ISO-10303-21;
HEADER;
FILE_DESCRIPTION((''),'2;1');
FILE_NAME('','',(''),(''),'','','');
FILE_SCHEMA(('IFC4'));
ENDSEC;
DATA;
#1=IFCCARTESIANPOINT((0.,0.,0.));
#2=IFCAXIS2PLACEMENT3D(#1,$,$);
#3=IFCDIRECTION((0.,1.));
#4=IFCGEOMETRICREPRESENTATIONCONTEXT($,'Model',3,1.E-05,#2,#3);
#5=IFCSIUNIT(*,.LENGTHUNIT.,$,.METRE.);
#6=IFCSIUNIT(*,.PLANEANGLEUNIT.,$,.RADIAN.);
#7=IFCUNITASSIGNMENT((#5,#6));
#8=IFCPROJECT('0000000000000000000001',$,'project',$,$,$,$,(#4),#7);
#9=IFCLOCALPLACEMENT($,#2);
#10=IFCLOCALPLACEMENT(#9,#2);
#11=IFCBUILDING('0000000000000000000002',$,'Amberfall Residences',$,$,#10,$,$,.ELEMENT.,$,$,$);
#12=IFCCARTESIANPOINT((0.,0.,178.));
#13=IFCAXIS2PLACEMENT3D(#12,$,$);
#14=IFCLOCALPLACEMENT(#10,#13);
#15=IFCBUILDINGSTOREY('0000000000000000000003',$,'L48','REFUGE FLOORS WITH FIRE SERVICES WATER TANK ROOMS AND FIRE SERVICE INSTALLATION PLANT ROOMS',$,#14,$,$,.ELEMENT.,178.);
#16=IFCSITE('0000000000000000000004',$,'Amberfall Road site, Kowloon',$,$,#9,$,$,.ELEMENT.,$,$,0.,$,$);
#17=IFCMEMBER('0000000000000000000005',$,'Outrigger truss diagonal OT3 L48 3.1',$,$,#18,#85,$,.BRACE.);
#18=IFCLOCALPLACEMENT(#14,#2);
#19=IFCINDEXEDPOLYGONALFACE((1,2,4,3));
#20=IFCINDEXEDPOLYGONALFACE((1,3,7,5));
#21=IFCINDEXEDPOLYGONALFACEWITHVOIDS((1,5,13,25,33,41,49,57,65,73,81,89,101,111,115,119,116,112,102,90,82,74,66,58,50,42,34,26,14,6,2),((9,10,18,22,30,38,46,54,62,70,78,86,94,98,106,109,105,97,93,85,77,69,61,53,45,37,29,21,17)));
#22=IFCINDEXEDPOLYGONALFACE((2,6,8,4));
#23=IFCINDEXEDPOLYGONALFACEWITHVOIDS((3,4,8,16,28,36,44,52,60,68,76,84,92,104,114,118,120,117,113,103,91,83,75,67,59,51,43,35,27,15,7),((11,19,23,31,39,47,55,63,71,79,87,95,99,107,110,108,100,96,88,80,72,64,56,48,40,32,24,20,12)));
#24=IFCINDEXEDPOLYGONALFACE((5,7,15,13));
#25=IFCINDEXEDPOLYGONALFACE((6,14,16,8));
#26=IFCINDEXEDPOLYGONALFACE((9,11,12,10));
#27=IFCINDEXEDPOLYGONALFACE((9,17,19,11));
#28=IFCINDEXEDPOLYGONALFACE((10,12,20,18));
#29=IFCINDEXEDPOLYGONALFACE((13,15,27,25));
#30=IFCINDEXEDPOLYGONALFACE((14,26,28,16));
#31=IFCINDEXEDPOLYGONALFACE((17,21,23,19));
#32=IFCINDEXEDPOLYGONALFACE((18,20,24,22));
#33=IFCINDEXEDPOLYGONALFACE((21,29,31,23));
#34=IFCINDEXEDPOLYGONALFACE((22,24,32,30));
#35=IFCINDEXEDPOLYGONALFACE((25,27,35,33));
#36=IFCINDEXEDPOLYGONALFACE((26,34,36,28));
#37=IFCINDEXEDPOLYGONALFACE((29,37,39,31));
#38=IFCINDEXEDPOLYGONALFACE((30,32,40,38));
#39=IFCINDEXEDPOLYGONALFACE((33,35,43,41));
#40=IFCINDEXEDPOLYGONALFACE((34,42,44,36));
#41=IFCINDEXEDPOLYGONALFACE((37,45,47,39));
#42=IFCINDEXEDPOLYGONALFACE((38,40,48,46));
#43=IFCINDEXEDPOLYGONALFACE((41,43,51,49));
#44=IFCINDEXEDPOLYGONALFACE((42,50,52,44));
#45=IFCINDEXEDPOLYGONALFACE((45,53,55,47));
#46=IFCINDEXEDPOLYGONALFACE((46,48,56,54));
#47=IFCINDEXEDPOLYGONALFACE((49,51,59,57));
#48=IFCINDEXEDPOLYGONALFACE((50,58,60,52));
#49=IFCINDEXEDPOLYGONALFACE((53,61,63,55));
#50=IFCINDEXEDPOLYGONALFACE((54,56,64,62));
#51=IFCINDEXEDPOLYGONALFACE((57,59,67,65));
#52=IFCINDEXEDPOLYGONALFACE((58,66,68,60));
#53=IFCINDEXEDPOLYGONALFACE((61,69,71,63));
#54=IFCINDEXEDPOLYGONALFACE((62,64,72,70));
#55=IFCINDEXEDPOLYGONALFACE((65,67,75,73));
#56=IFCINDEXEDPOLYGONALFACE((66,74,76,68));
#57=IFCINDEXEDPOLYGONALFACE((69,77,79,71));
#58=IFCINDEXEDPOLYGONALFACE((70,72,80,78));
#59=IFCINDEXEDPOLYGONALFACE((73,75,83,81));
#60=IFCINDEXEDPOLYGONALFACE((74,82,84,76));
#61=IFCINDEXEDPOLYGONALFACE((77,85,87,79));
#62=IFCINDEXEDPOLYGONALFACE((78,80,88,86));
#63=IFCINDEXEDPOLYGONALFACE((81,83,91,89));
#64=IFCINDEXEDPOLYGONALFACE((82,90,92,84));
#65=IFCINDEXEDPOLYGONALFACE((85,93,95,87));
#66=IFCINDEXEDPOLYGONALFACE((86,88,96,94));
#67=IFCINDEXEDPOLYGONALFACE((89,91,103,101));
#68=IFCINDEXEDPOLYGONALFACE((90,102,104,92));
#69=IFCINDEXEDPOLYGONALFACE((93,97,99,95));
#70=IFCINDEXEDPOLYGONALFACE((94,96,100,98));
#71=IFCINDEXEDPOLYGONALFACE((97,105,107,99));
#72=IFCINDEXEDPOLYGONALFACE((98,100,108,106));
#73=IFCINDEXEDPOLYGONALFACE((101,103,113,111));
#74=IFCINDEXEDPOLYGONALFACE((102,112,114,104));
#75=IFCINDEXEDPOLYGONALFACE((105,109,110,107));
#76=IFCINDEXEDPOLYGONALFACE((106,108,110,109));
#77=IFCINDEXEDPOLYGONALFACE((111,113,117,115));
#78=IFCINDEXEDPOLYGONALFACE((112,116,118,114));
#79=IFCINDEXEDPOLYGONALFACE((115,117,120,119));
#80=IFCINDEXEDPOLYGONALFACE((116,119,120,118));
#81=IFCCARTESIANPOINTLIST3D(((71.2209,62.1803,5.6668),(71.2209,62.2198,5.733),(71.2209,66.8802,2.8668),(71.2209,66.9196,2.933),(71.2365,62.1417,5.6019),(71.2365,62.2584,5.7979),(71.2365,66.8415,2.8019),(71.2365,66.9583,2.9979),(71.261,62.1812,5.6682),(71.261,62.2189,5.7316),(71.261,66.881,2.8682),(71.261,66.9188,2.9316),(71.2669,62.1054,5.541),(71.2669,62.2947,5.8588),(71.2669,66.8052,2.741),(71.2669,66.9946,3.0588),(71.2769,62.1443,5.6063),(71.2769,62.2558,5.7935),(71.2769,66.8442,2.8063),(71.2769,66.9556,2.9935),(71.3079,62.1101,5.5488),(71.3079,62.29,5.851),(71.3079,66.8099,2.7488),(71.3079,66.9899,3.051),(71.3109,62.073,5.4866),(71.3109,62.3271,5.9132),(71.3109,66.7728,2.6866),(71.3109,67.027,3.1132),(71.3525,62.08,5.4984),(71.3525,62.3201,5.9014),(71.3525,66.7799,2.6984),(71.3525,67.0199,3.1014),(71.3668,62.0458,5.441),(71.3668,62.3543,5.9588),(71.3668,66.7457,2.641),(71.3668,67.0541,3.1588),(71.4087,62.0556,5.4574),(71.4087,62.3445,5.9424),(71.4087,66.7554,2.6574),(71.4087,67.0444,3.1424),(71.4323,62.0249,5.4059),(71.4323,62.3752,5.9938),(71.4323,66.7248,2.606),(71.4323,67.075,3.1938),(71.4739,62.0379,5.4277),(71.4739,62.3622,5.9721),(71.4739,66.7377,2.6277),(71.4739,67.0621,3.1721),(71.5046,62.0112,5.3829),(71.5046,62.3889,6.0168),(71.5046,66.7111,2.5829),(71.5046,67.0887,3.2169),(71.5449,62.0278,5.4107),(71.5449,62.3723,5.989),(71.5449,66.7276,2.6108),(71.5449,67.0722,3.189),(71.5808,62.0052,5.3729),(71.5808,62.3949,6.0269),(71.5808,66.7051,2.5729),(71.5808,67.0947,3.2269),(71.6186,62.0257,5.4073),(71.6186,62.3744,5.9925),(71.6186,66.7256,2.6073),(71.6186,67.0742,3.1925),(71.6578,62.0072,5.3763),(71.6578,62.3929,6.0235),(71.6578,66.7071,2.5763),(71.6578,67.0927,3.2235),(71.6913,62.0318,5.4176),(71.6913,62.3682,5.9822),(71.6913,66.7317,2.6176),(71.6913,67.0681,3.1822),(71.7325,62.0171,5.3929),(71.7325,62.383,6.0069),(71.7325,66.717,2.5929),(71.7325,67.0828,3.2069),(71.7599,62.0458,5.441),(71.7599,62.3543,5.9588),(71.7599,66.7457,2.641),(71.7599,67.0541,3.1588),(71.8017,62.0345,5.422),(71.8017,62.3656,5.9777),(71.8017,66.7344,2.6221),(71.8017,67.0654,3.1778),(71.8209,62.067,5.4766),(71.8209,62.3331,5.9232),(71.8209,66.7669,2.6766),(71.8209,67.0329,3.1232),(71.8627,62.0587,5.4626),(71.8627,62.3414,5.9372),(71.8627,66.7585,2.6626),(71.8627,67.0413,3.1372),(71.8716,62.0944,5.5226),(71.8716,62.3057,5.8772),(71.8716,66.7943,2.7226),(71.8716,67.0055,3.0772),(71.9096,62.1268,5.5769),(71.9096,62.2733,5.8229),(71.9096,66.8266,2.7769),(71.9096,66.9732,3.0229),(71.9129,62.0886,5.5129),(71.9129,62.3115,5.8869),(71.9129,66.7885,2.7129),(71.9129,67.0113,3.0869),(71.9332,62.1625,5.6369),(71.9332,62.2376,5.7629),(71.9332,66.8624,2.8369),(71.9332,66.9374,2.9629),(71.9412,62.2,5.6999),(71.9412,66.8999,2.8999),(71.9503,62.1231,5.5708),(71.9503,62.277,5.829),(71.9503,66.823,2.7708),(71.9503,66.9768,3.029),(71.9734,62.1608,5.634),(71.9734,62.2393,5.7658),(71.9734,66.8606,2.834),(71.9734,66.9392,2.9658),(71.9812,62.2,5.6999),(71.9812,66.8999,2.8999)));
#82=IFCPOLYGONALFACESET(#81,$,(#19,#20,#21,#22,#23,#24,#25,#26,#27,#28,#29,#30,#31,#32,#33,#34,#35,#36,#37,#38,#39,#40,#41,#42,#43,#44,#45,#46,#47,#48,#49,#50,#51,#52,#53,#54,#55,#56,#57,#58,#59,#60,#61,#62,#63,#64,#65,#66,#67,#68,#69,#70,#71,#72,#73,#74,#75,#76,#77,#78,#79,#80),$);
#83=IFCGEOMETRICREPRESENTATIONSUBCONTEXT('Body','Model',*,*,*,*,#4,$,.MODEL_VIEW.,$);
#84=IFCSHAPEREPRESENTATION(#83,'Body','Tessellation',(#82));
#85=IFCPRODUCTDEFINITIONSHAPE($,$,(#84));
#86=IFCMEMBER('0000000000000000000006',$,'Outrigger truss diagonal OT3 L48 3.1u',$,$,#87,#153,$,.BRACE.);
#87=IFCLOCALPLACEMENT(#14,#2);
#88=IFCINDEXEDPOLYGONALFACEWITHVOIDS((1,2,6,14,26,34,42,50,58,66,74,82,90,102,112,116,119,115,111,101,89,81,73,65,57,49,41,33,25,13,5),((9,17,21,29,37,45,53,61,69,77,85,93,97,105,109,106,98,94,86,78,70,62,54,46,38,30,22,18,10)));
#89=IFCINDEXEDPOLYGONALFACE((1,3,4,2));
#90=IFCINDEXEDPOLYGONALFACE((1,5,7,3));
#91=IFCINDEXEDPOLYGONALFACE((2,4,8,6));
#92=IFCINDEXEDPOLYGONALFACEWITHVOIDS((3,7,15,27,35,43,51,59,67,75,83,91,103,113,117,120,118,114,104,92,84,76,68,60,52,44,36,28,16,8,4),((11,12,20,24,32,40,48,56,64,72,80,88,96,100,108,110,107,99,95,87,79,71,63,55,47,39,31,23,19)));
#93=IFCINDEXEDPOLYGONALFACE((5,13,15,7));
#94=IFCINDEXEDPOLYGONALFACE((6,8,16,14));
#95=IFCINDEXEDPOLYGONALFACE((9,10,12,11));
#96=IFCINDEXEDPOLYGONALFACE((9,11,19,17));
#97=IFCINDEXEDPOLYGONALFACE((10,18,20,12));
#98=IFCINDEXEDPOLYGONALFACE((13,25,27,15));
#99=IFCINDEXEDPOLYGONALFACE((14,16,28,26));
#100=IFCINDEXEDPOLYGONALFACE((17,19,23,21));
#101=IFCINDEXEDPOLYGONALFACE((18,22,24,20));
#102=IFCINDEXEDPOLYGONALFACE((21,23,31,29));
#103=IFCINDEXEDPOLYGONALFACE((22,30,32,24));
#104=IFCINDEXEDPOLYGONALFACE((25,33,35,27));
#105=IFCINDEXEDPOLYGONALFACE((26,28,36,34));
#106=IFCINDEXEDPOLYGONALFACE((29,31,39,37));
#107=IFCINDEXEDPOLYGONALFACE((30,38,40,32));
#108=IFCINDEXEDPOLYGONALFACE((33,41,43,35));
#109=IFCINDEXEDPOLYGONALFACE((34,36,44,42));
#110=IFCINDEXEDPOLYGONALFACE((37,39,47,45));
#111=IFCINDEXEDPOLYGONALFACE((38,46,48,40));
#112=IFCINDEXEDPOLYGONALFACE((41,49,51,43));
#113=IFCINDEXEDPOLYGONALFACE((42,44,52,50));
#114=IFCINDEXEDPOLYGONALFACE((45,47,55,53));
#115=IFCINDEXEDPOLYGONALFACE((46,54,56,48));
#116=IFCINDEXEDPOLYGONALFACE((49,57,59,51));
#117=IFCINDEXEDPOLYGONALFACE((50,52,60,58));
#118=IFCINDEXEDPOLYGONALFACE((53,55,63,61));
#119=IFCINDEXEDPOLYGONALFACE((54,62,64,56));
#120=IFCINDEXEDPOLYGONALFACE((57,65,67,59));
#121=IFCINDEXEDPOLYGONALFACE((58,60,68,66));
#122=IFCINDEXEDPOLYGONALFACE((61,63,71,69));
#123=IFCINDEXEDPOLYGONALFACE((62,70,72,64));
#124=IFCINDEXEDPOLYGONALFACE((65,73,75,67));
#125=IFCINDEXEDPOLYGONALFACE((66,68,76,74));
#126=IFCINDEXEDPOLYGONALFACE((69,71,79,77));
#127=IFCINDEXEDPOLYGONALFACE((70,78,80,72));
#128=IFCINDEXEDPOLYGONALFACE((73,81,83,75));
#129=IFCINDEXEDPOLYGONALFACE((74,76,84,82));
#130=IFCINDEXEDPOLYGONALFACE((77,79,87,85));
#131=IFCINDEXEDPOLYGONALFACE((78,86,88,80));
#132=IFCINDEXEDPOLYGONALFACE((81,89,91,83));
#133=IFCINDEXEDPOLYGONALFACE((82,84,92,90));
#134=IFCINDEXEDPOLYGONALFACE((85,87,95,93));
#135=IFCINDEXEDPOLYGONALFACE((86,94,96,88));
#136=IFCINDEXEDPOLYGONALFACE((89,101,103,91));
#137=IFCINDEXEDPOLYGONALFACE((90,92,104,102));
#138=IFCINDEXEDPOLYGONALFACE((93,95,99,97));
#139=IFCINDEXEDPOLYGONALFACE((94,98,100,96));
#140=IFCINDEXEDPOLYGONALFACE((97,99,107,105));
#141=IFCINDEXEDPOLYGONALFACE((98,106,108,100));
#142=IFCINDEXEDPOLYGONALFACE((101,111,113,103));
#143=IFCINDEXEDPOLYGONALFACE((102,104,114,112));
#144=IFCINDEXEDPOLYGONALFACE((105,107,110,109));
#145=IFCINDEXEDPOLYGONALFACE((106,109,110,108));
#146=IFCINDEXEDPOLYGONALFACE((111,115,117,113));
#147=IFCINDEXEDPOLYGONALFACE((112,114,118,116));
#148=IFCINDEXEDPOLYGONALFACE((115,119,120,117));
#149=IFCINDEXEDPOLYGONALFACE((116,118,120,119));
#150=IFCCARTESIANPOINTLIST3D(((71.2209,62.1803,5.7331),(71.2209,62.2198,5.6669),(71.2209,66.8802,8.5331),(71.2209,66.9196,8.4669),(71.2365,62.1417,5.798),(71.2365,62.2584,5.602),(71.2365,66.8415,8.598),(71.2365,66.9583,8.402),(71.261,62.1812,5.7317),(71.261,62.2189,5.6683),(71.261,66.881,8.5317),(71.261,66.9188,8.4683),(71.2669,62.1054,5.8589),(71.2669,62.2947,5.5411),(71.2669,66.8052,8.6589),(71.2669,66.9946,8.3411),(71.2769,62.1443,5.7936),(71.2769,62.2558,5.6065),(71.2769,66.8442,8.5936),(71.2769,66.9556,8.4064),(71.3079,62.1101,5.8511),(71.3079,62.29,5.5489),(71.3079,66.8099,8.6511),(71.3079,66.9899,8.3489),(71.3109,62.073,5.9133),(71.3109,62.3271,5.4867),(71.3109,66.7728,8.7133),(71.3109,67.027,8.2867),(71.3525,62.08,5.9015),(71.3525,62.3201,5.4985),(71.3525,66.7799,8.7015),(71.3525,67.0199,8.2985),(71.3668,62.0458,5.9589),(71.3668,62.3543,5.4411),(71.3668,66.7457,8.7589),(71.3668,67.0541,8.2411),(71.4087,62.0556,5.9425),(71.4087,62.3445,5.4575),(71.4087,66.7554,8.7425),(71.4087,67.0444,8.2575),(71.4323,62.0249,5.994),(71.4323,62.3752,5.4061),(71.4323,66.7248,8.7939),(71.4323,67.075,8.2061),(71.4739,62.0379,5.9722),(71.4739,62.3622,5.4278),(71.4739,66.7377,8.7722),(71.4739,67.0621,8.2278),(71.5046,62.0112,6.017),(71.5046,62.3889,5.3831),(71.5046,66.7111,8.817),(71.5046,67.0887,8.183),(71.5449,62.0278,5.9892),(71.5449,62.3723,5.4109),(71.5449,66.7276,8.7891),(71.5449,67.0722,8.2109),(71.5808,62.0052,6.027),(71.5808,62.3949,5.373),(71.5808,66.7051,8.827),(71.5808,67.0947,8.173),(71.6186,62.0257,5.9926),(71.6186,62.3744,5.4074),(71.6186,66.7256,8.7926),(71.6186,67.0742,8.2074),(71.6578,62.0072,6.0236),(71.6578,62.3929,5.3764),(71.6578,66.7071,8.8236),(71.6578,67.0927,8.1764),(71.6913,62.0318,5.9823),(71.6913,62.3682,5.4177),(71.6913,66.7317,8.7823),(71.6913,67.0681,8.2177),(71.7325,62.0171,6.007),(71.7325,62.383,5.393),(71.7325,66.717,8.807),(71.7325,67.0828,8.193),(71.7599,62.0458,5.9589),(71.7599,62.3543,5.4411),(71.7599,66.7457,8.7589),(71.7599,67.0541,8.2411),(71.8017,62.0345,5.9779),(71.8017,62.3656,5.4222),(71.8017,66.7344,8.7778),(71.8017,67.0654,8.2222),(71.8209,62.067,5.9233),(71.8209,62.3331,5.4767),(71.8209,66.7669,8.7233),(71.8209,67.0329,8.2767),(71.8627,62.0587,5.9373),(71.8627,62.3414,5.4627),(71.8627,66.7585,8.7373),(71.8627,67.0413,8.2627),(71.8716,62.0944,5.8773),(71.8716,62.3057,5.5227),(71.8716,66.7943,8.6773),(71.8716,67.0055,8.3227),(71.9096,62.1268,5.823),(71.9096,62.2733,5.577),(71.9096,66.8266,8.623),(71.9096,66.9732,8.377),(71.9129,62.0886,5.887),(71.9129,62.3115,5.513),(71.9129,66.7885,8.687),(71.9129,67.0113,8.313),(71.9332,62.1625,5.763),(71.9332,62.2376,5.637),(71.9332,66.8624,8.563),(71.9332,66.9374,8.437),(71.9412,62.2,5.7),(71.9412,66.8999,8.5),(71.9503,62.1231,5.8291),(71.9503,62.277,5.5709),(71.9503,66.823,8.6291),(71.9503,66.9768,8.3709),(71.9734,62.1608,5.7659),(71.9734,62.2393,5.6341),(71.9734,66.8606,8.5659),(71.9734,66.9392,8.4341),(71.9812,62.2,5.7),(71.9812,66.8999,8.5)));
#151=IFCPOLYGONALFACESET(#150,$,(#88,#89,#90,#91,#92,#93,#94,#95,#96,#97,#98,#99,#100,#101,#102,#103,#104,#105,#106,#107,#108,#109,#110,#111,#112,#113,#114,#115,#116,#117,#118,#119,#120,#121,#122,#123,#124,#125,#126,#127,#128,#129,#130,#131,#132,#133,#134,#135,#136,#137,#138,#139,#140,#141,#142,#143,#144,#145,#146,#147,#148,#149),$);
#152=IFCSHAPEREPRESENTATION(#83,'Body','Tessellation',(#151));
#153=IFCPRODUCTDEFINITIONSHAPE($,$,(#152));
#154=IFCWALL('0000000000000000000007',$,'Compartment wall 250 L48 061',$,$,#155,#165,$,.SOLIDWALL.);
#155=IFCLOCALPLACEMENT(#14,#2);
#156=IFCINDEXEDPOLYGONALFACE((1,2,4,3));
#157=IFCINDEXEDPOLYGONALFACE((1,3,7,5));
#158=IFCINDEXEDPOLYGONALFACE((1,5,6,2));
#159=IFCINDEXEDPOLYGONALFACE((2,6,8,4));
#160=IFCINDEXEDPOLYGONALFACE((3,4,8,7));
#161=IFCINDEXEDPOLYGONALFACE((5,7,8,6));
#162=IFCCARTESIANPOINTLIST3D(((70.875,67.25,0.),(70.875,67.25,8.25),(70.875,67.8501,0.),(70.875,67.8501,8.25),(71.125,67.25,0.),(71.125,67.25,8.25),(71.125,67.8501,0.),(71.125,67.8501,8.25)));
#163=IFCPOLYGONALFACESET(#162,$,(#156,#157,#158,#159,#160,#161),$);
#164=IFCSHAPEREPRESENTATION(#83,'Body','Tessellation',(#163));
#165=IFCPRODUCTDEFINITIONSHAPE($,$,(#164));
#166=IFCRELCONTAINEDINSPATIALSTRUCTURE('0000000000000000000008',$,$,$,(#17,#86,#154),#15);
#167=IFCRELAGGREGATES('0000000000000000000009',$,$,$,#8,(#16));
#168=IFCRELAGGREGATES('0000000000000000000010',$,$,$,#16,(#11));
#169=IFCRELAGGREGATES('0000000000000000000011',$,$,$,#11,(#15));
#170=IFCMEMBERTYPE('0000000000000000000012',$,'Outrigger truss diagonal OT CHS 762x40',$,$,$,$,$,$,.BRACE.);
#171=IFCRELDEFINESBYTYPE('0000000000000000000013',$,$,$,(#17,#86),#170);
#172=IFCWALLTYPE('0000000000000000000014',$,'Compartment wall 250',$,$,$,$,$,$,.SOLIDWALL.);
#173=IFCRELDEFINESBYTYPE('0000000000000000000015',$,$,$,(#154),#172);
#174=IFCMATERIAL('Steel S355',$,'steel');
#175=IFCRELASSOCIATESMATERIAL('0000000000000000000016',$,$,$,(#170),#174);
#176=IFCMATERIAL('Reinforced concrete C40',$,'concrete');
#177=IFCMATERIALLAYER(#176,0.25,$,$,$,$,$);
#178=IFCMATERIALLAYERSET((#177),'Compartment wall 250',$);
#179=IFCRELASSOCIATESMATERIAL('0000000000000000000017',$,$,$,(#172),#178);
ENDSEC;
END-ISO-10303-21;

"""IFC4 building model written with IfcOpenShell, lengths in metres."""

from ifc_helpers import new_model, si_unit, direction, frame, frame_2d, origin, origin_2d, place, context, subcontext, project, spatial, rectangle, hollow_circle, extrude, material, layer, layer_set, material_profile, profile_set, type_object, element, save


model = new_model("IFC4")

# Units and contexts
model_context = context("Model", 3, precision=1e-05, world=origin(), true_north=direction((0.0, 1.0)))
body_context = subcontext(model_context, "Body", "Model", "MODEL_VIEW")
ifc_project = project(units=[si_unit("LENGTHUNIT", "METRE"), si_unit("PLANEANGLEUNIT", "RADIAN")], contexts=[model_context])

# Site, building, storey
site_placement = place(None, origin())
site = spatial("IfcSite", under=ifc_project, at=site_placement, Name="Amberfall Road site, Kowloon", CompositionType="ELEMENT", RefElevation=0.0)
building_placement = place(site_placement, origin())
building = spatial("IfcBuilding", under=site, at=building_placement, Name="Amberfall Residences", CompositionType="ELEMENT")
storey_placement = place(building_placement, frame((0.0, 0.0, 178.0)))
storey = spatial("IfcBuildingStorey", under=building, at=storey_placement, Name="L48", Description="REFUGE FLOORS WITH FIRE SERVICES WATER TANK ROOMS AND FIRE SERVICE INSTALLATION PLANT ROOMS", CompositionType="ELEMENT", Elevation=178.0)

# Shared definitions
ifc_material_1 = material(Name="Steel S355", Category="steel")

# Members
ifc_material_profile_1 = material_profile(ifc_material_1, hollow_circle(Radius=0.3811, WallThickness=0.04, at=origin_2d()), Name="CHS 762x40")
ifc_profile_set_1 = profile_set([ifc_material_profile_1], Name="Steel S355")
member_type_1 = type_object("IfcMemberType", Name="Outrigger truss diagonal OT CHS 762x40", PredefinedType="BRACE", material=ifc_profile_set_1)
for number, where, z_axis, x_axis, name in (
    (1, (71.6001, 66.8999, 2.8999), (0.0, -0.859095, 0.511816), (1.0, 0.0, 0.0), "Outrigger truss diagonal OT3 L48 3.1"),
    (2, (71.6001, 66.8999, 8.5), (0.0, -0.859095, -0.511816), (1.0, 0.0, 0.0), "Outrigger truss diagonal OT3 L48 3.1u"),
):
    element("IfcMember", number, at=place(storey_placement, frame(where, z_axis=z_axis, x_axis=x_axis)), inside=storey, type_object=member_type_1, Name=name, PredefinedType="BRACE", context=body_context, shape_type="SweptSolid", body=[
        extrude(hollow_circle(Radius=0.3811, WallThickness=0.04, at=origin_2d()), origin(), (0.0, 0.0, 1.0), 5.4707),
    ])

# Wall
ifc_material_2 = material(Name="Reinforced concrete C40", Category="concrete")
ifc_layer = layer(ifc_material_2, 0.25)
ifc_layer_set = layer_set([ifc_layer], Name="Compartment wall 250")
wall_type = type_object("IfcWallType", Name="Compartment wall 250", PredefinedType="SOLIDWALL", material=ifc_layer_set)
wall_placement = place(storey_placement, frame((71.0, 67.25, 0.0), z_axis=(0.0, 0.0, 1.0), x_axis=(0.0, 1.0, 0.0)))
element("IfcWall", 3, at=wall_placement, inside=storey, type_object=wall_type, Name="Compartment wall 250 L48 061", PredefinedType="SOLIDWALL", context=body_context, shape_type="SweptSolid", body=[
    extrude(rectangle(XDim=0.6001, YDim=0.25, at=frame_2d((0.3, 0.0))), origin(), (0.0, 0.0, 1.0), 8.25),
])

save(model, "model.ifc")
